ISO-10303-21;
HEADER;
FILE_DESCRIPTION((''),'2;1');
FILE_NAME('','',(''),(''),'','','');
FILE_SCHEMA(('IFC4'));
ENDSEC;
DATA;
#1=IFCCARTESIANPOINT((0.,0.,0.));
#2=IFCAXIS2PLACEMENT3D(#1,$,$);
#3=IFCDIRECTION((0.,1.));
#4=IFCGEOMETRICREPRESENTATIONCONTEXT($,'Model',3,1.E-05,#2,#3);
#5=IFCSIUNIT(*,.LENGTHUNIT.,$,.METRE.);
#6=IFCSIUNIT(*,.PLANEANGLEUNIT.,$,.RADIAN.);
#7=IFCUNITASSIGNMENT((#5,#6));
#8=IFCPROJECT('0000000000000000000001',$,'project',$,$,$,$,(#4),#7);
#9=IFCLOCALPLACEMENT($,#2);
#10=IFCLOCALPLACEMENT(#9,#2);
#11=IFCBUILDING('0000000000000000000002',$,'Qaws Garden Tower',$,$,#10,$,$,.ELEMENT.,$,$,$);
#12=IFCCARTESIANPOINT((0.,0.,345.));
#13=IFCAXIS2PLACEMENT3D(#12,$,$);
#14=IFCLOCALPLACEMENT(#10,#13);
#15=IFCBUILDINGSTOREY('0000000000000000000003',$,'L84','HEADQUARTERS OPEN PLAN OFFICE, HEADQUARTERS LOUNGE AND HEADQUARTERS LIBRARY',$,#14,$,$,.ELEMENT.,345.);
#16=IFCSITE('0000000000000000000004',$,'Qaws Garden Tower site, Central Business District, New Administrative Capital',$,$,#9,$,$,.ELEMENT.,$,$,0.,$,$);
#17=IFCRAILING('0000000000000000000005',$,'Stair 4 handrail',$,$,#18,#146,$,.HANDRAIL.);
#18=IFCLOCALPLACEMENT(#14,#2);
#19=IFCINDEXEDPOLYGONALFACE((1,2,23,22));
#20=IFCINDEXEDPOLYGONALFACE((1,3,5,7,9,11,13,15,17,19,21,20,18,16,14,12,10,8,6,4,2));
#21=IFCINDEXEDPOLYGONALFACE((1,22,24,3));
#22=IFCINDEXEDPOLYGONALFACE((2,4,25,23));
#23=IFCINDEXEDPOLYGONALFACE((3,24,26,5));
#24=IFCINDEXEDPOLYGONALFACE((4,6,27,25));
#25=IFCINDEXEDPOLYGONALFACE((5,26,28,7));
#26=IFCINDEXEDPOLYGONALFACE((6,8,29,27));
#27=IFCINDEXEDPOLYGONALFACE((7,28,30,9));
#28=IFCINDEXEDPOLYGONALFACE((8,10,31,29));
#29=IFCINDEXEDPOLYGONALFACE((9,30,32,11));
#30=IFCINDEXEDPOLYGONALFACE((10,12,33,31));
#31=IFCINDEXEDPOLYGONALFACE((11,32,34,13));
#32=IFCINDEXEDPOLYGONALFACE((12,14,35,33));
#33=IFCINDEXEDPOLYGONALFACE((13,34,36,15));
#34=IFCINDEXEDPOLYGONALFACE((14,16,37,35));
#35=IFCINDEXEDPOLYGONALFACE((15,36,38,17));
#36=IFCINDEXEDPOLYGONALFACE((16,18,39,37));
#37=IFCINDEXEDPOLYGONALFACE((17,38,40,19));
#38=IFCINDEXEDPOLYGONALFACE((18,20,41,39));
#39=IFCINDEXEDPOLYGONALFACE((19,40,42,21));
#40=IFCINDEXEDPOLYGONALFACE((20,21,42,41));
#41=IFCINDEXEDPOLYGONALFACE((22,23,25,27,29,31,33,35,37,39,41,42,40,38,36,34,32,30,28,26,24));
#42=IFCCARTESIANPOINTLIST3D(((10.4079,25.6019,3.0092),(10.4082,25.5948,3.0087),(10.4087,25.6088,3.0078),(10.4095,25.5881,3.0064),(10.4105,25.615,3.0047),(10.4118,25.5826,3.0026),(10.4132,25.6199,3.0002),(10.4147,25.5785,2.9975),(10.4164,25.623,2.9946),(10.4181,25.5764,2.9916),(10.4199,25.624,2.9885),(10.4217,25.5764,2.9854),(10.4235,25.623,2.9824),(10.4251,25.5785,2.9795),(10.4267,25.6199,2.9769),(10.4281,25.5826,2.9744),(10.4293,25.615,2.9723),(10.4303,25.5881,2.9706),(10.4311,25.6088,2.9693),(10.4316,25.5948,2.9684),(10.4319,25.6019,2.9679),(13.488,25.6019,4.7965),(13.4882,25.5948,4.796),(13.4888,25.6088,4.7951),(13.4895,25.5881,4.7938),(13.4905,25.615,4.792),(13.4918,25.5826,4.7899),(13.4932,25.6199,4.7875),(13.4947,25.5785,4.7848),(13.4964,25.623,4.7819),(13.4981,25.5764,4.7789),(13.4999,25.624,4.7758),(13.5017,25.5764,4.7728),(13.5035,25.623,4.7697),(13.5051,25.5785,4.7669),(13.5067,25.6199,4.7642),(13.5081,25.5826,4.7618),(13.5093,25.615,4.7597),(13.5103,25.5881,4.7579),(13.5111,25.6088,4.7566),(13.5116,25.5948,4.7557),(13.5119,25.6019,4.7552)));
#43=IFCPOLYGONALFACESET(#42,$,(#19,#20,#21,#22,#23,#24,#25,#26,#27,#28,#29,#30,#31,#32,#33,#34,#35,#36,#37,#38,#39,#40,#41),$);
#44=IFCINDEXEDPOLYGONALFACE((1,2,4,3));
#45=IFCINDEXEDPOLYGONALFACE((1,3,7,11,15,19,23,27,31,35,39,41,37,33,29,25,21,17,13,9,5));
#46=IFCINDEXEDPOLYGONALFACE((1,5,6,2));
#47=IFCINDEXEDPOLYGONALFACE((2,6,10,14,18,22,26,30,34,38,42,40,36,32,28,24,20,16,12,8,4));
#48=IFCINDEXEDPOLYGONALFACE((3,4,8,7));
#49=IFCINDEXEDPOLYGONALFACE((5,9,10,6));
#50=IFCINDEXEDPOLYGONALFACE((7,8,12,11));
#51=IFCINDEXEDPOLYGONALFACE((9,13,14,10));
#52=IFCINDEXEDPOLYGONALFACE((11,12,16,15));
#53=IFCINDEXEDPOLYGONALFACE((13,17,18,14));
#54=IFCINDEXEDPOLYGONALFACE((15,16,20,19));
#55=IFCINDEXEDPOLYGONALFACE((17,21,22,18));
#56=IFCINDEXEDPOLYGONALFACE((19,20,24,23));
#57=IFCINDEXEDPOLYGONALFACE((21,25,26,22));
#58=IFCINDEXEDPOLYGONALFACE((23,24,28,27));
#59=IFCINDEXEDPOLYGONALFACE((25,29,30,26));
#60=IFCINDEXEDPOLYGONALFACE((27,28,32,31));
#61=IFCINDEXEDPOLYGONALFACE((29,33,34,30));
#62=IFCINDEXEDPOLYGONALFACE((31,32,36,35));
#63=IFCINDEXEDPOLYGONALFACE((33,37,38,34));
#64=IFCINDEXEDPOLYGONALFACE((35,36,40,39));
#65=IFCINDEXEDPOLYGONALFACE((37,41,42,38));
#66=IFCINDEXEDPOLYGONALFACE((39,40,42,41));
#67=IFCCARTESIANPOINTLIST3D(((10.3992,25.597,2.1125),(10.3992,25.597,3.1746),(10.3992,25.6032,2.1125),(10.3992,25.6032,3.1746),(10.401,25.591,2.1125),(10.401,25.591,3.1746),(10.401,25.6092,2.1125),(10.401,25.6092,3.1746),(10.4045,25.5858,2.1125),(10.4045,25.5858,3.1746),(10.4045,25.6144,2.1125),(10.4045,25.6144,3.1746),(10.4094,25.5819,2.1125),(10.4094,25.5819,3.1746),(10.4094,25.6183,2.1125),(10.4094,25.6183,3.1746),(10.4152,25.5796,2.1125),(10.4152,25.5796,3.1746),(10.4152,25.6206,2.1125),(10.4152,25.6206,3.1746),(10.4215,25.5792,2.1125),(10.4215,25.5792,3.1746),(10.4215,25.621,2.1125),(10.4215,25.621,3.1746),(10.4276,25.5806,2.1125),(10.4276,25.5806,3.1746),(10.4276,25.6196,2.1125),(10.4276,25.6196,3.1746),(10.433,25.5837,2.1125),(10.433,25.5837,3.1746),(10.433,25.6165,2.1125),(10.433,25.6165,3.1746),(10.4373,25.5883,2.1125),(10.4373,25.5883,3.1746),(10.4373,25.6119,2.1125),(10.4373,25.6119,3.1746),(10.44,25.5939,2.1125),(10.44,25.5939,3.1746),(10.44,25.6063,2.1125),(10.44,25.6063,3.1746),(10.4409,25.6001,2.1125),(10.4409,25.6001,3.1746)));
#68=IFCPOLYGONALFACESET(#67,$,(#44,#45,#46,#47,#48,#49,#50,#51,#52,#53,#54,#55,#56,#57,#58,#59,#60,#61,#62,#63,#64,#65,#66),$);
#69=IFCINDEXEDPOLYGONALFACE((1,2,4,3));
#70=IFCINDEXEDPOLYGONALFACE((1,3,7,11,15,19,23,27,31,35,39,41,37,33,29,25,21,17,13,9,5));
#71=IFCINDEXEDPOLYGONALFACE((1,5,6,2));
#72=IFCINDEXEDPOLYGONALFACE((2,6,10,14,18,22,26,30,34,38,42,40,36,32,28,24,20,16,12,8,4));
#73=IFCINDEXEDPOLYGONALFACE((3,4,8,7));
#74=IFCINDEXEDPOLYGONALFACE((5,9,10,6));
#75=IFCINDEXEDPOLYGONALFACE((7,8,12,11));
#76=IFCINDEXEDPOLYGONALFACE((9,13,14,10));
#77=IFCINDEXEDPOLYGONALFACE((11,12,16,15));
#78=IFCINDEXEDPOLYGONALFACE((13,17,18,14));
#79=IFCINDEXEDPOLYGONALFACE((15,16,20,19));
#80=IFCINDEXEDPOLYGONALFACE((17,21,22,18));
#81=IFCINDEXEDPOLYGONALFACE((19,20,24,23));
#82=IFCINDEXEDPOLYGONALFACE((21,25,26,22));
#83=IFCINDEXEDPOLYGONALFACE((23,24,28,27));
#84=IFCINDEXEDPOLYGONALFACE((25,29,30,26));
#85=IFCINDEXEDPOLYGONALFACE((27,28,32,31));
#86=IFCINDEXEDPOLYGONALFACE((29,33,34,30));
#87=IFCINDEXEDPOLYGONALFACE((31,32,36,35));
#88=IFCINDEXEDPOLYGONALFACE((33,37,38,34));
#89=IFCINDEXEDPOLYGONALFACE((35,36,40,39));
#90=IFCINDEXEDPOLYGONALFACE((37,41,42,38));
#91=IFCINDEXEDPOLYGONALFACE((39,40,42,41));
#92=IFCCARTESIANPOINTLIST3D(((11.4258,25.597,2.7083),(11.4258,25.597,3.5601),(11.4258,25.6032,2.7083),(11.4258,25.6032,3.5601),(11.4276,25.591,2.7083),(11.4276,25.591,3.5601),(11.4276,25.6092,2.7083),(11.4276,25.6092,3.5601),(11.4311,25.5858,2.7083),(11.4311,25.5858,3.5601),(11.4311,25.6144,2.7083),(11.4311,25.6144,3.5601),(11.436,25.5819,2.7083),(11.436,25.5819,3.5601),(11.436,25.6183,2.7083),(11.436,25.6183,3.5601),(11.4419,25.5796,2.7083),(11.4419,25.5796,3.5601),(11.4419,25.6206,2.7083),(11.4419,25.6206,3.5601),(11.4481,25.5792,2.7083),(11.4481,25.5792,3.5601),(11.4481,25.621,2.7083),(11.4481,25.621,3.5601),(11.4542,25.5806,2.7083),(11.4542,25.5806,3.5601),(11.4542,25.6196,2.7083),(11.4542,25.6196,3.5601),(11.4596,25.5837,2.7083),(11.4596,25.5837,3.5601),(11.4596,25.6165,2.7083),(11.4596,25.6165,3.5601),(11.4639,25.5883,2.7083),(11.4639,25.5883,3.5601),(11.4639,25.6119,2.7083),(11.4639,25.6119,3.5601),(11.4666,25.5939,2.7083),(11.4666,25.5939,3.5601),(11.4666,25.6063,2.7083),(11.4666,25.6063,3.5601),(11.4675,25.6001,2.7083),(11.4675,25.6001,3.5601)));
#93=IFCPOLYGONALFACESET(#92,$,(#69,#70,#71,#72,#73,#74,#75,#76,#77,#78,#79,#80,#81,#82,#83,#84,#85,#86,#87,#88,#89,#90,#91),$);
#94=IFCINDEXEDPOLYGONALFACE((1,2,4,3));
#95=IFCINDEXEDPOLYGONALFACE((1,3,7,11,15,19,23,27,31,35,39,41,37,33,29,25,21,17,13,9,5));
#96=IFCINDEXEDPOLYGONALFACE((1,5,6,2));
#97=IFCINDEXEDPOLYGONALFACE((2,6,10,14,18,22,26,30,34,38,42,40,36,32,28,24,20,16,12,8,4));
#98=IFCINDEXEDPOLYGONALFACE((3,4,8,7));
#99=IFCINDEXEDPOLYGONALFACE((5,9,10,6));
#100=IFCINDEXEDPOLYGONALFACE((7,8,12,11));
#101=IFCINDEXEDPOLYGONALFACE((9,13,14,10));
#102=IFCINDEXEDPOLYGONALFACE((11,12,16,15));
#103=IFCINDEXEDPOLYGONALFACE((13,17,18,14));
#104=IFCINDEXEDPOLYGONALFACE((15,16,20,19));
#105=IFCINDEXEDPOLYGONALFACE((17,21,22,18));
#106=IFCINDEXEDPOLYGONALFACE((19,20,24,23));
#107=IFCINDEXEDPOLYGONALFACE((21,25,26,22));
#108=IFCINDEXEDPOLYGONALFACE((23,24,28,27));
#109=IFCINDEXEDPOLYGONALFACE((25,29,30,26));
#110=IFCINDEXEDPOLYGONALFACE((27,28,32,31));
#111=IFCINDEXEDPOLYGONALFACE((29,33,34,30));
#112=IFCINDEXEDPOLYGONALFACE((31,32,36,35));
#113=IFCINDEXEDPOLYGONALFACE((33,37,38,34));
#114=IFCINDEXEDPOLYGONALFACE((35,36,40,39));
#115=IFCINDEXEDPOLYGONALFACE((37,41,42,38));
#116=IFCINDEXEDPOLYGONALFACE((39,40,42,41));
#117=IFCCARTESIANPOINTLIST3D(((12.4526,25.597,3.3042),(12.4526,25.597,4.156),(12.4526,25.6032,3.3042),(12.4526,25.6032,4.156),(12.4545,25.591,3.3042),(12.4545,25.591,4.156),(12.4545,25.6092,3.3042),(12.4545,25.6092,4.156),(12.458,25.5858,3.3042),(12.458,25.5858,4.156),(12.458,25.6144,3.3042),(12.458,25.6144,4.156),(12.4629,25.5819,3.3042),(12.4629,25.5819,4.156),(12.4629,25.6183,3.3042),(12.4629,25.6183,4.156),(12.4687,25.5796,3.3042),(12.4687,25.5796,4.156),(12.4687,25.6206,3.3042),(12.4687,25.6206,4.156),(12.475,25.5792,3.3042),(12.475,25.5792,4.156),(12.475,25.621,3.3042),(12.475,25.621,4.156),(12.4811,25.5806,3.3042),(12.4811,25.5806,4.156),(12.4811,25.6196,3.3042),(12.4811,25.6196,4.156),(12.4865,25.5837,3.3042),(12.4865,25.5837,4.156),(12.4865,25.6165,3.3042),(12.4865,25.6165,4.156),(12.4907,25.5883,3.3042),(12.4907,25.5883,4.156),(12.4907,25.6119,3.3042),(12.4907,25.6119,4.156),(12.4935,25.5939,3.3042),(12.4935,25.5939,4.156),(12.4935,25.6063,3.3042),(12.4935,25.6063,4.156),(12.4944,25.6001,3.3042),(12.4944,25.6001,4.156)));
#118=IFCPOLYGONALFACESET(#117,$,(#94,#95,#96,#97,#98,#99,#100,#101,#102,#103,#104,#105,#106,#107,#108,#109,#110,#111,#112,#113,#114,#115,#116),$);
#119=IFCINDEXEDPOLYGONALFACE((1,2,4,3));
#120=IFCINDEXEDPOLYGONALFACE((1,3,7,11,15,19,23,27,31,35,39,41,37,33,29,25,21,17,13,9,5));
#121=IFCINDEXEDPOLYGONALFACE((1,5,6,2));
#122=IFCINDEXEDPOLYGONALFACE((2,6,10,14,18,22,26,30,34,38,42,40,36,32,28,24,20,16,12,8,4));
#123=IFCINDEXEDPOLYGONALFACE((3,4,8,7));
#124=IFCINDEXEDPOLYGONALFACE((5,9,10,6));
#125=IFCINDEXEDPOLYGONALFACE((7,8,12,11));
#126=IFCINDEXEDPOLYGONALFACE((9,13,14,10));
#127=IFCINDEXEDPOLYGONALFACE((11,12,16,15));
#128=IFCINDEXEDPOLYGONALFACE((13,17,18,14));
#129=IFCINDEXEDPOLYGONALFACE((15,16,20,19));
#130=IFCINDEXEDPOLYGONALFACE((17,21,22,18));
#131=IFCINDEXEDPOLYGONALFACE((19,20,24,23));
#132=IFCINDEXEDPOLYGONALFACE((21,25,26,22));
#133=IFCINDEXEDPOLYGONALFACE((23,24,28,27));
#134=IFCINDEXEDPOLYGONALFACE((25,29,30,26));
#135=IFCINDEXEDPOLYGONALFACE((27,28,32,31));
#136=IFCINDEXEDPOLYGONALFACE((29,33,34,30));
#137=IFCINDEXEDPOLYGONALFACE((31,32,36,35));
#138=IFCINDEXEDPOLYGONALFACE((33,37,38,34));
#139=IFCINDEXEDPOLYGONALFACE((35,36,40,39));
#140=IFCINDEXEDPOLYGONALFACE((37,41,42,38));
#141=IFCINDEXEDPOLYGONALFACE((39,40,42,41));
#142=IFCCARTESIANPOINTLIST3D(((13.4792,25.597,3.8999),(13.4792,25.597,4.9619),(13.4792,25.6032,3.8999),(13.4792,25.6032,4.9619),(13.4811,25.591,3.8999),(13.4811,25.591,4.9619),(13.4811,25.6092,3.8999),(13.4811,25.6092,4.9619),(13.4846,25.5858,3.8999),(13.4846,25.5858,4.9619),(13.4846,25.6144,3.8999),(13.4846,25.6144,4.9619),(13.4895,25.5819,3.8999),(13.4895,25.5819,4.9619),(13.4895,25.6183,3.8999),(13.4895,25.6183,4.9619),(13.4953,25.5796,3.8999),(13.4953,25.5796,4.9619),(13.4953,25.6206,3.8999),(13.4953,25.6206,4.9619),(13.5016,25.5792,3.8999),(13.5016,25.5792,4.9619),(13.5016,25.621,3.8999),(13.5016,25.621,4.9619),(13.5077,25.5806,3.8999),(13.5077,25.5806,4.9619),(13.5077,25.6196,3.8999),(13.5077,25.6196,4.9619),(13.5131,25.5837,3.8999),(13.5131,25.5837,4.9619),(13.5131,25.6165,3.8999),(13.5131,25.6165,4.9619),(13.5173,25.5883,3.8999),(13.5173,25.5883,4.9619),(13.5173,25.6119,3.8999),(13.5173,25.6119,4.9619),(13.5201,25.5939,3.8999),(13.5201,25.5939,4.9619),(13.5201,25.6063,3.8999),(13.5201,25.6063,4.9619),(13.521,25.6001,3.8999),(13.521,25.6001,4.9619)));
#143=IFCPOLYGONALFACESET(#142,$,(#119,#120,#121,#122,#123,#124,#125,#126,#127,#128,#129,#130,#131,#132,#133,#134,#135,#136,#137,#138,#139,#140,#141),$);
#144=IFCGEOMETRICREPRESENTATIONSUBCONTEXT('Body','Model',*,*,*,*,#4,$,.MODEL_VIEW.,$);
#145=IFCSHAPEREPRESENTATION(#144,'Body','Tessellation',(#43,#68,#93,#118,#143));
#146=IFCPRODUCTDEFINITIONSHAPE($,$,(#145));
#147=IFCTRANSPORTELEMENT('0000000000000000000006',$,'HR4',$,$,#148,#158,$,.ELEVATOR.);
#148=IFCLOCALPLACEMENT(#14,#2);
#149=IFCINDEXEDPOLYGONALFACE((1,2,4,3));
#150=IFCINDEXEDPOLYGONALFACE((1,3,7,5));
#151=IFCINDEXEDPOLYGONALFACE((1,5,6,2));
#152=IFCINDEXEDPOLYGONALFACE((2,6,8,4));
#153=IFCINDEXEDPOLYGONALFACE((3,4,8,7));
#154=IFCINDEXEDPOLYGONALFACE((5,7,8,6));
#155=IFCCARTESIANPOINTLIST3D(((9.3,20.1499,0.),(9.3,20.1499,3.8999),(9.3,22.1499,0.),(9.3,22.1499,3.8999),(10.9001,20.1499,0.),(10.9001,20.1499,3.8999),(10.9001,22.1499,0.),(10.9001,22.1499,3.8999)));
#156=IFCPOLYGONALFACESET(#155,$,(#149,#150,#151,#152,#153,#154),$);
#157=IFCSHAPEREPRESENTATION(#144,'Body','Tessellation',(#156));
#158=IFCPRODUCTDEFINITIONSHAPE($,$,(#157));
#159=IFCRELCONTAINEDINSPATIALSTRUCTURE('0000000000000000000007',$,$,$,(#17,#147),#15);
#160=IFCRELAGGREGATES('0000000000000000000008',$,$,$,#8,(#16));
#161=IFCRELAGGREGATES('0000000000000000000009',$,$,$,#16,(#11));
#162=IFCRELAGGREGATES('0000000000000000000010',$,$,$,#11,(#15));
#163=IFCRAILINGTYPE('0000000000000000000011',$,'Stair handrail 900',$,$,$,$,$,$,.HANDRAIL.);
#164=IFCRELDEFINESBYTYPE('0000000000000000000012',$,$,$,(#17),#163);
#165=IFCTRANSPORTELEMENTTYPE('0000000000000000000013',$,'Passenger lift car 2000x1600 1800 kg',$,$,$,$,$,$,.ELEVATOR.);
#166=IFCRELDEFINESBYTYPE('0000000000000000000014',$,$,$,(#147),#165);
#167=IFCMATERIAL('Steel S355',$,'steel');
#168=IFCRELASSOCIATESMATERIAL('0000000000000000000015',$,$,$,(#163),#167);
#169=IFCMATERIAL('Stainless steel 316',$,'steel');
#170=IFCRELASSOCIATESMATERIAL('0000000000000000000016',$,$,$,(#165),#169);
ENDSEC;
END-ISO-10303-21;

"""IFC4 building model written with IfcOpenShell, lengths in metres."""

from ifc_helpers import new_model, si_unit, direction, frame, origin, origin_2d, place, context, subcontext, project, spatial, rectangle, circle, extrude, material, type_object, element, save


model = new_model("IFC4")

# Units and contexts
model_context = context("Model", 3, precision=1e-05, world=origin(), true_north=direction((0.0, 1.0)))
body_context = subcontext(model_context, "Body", "Model", "MODEL_VIEW")
ifc_project = project(units=[si_unit("LENGTHUNIT", "METRE"), si_unit("PLANEANGLEUNIT", "RADIAN")], contexts=[model_context])

# Site, building, storey
site_placement = place(None, origin())
site = spatial("IfcSite", under=ifc_project, at=site_placement, Name="Qaws Garden Tower site, Central Business District, New Administrative Capital", CompositionType="ELEMENT", RefElevation=0.0)
building_placement = place(site_placement, origin())
building = spatial("IfcBuilding", under=site, at=building_placement, Name="Qaws Garden Tower", CompositionType="ELEMENT")
storey_placement = place(building_placement, frame((0.0, 0.0, 345.0)))
storey = spatial("IfcBuildingStorey", under=building, at=storey_placement, Name="L84", Description="HEADQUARTERS OPEN PLAN OFFICE, HEADQUARTERS LOUNGE AND HEADQUARTERS LIBRARY", CompositionType="ELEMENT", Elevation=345.0)

# Railing
ifc_material_1 = material(Name="Steel S355", Category="steel")
railing_type = type_object("IfcRailingType", Name="Stair handrail 900", PredefinedType="HANDRAIL", material=ifc_material_1)
railing_1_placement = place(storey_placement, frame((10.4199, 25.6001, 2.1125)))
element("IfcRailing", 1, at=railing_1_placement, inside=storey, type_object=railing_type, Name="Stair 4 handrail", PredefinedType="HANDRAIL", context=body_context, shape_type="SweptSolid", body=[
    extrude(circle(Radius=0.0239, at=origin_2d()), frame((0.0, 0.0, 0.876), z_axis=(0.86492, 0.0, 0.501909), x_axis=(0.0, 1.0, 0.0)), (0.0, 0.0, 1.0), 3.561),
    extrude(circle(Radius=0.021, at=origin_2d()), origin(), (0.0, 0.0, 1.0), 1.062),
    extrude(circle(Radius=0.021, at=origin_2d()), frame((1.0266, 0.0, 0.5957)), (0.0, 0.0, 1.0), 0.8518),
    extrude(circle(Radius=0.021, at=origin_2d()), frame((2.0535, 0.0, 1.1917)), (0.0, 0.0, 1.0), 0.8518),
    extrude(circle(Radius=0.021, at=origin_2d()), frame((3.0801, 0.0, 1.7874)), (0.0, 0.0, 1.0), 1.062),
])

# Transport element
ifc_material_2 = material(Name="Stainless steel 316", Category="steel")
transport_element_type = type_object("IfcTransportElementType", Name="Passenger lift car 2000x1600 1800 kg", PredefinedType="ELEVATOR", material=ifc_material_2)
transport_element_placement = place(storey_placement, frame((10.1001, 21.1499, 0.0), z_axis=(0.0, 0.0, 1.0), x_axis=(1.0, 0.0, 0.0)))
element("IfcTransportElement", 2, at=transport_element_placement, inside=storey, type_object=transport_element_type, Name="HR4", PredefinedType="ELEVATOR", context=body_context, shape_type="SweptSolid", body=[
    extrude(rectangle(XDim=1.6001, YDim=2.0, at=origin_2d()), origin(), (0.0, 0.0, 1.0), 3.8999),
])

save(model, "model.ifc")
